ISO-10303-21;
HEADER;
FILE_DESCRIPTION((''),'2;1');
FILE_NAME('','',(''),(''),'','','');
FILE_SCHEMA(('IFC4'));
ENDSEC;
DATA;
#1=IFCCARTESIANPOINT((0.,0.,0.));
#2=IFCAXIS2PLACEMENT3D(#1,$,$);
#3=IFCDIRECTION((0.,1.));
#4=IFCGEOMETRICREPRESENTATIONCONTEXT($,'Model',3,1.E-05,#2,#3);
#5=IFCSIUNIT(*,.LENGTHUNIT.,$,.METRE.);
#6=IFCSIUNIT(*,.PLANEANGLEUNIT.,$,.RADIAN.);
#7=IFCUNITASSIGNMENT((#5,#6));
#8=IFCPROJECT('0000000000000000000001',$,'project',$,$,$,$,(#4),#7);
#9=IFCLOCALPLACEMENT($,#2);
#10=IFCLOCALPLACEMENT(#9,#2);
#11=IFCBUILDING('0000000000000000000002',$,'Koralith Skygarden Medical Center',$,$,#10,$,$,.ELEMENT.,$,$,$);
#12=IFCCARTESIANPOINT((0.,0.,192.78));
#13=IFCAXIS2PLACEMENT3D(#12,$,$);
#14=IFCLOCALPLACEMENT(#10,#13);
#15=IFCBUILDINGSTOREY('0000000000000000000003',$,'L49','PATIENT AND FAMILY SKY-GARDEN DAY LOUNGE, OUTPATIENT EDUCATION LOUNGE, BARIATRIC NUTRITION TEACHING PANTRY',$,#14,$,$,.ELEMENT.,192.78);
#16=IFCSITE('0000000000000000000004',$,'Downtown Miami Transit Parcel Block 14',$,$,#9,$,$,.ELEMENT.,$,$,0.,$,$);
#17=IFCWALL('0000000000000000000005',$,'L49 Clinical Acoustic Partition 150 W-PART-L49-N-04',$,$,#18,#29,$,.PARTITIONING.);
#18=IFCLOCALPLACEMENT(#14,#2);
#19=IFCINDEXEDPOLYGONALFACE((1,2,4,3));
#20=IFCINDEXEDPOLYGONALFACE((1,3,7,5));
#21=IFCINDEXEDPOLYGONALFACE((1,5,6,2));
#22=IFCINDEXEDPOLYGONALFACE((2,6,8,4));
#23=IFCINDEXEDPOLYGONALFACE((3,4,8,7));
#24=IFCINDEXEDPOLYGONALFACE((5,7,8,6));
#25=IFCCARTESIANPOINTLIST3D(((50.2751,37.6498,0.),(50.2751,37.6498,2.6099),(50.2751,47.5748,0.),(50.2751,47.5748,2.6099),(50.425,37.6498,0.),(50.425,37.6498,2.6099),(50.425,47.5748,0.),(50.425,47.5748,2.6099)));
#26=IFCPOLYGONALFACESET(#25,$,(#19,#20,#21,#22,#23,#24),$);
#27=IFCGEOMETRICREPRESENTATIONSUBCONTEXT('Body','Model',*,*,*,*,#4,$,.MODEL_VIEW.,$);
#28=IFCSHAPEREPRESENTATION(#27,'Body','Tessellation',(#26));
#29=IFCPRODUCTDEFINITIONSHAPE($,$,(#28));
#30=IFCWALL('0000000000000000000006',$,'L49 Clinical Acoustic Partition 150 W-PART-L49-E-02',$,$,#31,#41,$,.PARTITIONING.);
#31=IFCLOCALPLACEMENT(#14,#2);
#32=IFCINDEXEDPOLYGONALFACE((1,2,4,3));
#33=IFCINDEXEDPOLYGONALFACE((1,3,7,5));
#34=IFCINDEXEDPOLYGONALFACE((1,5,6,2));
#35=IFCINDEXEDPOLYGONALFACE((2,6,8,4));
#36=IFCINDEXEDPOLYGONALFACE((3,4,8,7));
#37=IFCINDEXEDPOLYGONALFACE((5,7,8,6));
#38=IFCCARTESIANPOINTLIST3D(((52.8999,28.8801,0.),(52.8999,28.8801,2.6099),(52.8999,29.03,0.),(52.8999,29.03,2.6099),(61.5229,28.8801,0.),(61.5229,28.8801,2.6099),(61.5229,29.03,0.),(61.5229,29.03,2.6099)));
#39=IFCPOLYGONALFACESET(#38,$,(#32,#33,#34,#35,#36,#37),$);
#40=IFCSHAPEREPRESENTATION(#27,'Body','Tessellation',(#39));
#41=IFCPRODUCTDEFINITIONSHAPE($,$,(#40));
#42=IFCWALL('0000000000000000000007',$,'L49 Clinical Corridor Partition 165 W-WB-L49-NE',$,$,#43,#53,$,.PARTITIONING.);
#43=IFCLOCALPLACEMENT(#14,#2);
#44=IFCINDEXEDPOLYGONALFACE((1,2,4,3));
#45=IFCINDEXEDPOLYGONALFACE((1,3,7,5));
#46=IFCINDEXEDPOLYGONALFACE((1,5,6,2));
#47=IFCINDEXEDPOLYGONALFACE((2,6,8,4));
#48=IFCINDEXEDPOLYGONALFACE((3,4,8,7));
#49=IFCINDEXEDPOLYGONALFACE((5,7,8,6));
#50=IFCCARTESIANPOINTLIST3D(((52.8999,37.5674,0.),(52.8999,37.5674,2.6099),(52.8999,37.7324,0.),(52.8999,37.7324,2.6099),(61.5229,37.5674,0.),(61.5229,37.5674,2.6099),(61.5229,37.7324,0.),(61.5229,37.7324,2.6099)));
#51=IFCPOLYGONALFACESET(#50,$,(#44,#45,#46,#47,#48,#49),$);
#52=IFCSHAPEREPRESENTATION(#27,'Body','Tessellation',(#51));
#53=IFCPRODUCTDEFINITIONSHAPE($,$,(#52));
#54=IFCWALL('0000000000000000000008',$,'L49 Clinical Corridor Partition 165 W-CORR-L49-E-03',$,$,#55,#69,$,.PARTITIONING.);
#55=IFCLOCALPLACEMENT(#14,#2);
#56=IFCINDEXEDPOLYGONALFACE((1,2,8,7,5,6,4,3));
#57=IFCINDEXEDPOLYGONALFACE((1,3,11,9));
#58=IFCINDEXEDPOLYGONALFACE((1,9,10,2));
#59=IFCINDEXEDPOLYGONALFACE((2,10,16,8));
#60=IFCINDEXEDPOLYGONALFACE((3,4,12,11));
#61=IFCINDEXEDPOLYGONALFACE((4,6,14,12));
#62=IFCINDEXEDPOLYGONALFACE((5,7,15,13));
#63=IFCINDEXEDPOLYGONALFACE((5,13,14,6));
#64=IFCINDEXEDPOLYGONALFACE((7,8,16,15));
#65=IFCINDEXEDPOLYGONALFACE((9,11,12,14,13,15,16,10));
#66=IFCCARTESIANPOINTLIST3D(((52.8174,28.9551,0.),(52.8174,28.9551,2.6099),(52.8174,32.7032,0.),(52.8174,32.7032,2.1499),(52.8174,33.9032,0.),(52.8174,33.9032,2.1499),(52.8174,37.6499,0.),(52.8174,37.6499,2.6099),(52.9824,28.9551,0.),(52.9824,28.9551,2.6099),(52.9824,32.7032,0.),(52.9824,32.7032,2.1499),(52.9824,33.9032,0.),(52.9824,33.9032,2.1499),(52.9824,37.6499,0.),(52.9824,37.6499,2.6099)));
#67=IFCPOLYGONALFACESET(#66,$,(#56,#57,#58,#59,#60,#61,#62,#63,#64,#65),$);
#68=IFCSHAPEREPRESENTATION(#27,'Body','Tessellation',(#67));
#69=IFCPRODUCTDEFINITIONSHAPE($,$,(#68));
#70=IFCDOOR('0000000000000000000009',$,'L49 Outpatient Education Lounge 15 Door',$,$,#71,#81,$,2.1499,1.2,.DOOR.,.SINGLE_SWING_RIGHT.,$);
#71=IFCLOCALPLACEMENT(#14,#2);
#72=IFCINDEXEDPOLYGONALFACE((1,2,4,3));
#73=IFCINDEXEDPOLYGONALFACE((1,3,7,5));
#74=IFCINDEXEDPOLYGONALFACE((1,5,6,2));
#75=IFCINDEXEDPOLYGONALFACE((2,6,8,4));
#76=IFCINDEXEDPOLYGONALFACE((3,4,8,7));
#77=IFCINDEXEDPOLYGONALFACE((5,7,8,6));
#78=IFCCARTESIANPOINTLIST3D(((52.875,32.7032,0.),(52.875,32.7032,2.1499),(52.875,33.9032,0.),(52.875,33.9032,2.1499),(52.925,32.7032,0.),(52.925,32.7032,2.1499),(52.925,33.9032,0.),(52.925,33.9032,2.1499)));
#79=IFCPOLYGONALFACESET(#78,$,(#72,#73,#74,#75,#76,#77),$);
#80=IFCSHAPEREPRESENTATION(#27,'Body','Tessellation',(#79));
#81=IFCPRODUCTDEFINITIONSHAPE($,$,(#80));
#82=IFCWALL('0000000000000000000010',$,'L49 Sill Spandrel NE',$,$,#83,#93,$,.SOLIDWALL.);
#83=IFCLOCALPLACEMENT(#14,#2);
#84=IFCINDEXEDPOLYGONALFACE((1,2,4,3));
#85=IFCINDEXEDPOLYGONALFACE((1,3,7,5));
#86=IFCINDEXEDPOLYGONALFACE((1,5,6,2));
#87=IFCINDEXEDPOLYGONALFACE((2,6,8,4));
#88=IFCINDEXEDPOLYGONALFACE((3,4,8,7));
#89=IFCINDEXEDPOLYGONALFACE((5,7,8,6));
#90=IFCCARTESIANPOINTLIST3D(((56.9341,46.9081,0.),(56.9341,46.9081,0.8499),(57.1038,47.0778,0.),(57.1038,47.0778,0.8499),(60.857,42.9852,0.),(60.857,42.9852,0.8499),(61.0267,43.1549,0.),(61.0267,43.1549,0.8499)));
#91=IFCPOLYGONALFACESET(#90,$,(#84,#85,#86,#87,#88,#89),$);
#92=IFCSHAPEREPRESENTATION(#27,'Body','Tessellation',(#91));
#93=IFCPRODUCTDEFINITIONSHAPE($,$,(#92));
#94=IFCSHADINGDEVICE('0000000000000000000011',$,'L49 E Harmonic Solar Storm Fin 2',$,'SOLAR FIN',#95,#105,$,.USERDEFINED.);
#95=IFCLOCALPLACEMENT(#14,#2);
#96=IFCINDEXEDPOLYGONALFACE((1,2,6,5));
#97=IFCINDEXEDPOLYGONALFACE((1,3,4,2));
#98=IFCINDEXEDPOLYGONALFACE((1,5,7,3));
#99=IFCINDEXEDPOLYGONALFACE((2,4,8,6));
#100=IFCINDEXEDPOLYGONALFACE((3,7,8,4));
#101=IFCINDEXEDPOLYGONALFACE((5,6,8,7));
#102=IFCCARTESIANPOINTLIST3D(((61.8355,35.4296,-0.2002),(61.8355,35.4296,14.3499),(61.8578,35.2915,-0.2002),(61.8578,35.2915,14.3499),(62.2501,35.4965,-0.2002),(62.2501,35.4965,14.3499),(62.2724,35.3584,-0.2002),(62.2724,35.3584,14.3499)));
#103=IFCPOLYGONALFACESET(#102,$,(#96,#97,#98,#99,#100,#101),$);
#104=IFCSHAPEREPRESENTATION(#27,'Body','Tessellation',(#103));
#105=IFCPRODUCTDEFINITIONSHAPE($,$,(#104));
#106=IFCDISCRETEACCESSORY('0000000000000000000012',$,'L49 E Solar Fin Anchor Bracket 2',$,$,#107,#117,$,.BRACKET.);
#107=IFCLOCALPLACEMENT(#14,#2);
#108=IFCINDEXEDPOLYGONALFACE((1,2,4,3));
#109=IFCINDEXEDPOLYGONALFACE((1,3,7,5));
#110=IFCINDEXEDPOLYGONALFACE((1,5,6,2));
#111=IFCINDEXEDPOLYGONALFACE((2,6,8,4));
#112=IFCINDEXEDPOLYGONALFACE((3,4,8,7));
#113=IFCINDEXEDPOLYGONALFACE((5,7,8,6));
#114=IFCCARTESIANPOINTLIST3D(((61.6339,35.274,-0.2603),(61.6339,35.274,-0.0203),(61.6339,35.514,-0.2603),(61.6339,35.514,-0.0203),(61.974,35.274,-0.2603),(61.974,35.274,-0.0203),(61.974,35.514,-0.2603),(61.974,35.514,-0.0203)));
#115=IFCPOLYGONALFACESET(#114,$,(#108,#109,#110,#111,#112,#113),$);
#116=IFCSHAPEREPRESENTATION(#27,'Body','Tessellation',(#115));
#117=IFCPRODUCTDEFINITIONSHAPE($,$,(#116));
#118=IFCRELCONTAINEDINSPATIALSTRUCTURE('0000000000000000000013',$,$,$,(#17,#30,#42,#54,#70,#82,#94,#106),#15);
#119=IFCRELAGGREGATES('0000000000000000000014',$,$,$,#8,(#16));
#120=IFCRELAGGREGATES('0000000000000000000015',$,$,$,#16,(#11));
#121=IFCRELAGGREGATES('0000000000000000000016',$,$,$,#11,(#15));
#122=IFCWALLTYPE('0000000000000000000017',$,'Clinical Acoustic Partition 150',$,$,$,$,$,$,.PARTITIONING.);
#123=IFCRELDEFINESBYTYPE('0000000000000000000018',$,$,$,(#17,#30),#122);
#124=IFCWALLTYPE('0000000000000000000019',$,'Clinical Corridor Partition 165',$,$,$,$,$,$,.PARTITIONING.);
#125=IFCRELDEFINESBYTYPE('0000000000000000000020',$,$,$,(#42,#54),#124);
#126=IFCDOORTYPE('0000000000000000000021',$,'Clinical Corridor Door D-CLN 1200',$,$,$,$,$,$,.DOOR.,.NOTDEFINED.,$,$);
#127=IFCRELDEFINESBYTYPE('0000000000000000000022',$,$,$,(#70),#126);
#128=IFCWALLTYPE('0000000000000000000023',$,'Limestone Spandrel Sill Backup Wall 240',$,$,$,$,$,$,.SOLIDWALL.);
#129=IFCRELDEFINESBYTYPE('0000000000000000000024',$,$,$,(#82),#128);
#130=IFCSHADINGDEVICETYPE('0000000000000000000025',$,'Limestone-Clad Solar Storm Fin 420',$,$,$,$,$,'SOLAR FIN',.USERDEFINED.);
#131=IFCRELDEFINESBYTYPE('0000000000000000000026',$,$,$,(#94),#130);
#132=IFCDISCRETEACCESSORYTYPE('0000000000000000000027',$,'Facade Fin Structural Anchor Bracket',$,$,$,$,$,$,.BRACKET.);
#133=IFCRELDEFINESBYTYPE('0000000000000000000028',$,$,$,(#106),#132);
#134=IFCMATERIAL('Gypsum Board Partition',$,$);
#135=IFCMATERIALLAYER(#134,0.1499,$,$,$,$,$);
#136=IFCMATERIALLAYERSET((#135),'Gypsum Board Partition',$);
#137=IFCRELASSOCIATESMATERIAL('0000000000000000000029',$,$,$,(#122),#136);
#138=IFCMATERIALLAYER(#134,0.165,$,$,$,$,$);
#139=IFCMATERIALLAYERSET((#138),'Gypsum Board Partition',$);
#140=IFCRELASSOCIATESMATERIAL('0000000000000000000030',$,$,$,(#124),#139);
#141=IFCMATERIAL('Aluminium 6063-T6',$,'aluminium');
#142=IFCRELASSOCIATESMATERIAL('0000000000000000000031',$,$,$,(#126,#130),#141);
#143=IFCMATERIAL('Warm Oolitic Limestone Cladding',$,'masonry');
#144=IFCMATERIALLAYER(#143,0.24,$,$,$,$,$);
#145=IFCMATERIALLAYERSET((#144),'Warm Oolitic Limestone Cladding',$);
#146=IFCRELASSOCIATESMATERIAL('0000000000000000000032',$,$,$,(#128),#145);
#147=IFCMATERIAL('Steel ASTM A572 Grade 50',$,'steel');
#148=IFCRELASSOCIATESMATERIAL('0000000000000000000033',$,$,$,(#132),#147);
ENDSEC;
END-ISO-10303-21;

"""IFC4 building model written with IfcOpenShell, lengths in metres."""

from ifc_helpers import new_model, si_unit, direction, frame, frame_2d, origin, origin_2d, place, context, subcontext, project, spatial, rectangle, extrude, material, layer, layer_set, type_object, element, fill, save


model = new_model("IFC4")

# Units and contexts
model_context = context("Model", 3, precision=1e-05, world=origin(), true_north=direction((0.0, 1.0)))
body_context = subcontext(model_context, "Body", "Model", "MODEL_VIEW")
ifc_project = project(units=[si_unit("LENGTHUNIT", "METRE"), si_unit("PLANEANGLEUNIT", "RADIAN")], contexts=[model_context])

# Site, building, storey
site_placement = place(None, origin())
site = spatial("IfcSite", under=ifc_project, at=site_placement, Name="Downtown Miami Transit Parcel Block 14", CompositionType="ELEMENT", RefElevation=0.0)
building_placement = place(site_placement, origin())
building = spatial("IfcBuilding", under=site, at=building_placement, Name="Koralith Skygarden Medical Center", CompositionType="ELEMENT")
storey_placement = place(building_placement, frame((0.0, 0.0, 192.78)))
storey = spatial("IfcBuildingStorey", under=building, at=storey_placement, Name="L49", Description="PATIENT AND FAMILY SKY-GARDEN DAY LOUNGE, OUTPATIENT EDUCATION LOUNGE, BARIATRIC NUTRITION TEACHING PANTRY", CompositionType="ELEMENT", Elevation=192.78)

# Shared definitions
ifc_material_1 = material(Name="Aluminium 6063-T6", Category="aluminium")

# Shared definitions
ifc_material_2 = material(Name="Warm Oolitic Limestone Cladding", Category="masonry")

# Walls
ifc_material_3 = material(Name="Gypsum Board Partition")
ifc_layer_1 = layer(ifc_material_3, 0.1499)
ifc_layer_set_1 = layer_set([ifc_layer_1], Name="Gypsum Board Partition")
wall_type_1 = type_object("IfcWallType", Name="Clinical Acoustic Partition 150", PredefinedType="PARTITIONING", material=ifc_layer_set_1)
wall_1_placement = place(storey_placement, frame((50.3501, 37.6499, 0.0), z_axis=(0.0, 0.0, 1.0), x_axis=(0.0, 1.0, 0.0)))
element("IfcWall", 1, at=wall_1_placement, inside=storey, type_object=wall_type_1, Name="L49 Clinical Acoustic Partition 150 W-PART-L49-N-04", PredefinedType="PARTITIONING", context=body_context, shape_type="SweptSolid", body=[
    extrude(rectangle(XDim=9.925, YDim=0.1499, at=frame_2d((4.9624, 0.0))), origin(), (0.0, 0.0, 1.0), 2.6099),
])
wall_2_placement = place(storey_placement, frame((52.8999, 28.9551, 0.0), z_axis=(0.0, 0.0, 1.0), x_axis=(1.0, 0.0, 0.0)))
element("IfcWall", 2, at=wall_2_placement, inside=storey, type_object=wall_type_1, Name="L49 Clinical Acoustic Partition 150 W-PART-L49-E-02", PredefinedType="PARTITIONING", context=body_context, shape_type="SweptSolid", body=[
    extrude(rectangle(XDim=8.623, YDim=0.1499, at=frame_2d((4.3115, 0.0))), origin(), (0.0, 0.0, 1.0), 2.6099),
])
ifc_layer_2 = layer(ifc_material_3, 0.165)
ifc_layer_set_2 = layer_set([ifc_layer_2], Name="Gypsum Board Partition")
wall_type_2 = type_object("IfcWallType", Name="Clinical Corridor Partition 165", PredefinedType="PARTITIONING", material=ifc_layer_set_2)
wall_3_placement = place(storey_placement, frame((52.8999, 37.6499, 0.0), z_axis=(0.0, 0.0, 1.0), x_axis=(1.0, 0.0, 0.0)))
element("IfcWall", 3, at=wall_3_placement, inside=storey, type_object=wall_type_2, Name="L49 Clinical Corridor Partition 165 W-WB-L49-NE", PredefinedType="PARTITIONING", context=body_context, shape_type="SweptSolid", body=[
    extrude(rectangle(XDim=8.623, YDim=0.165, at=frame_2d((4.3115, 0.0))), origin(), (0.0, 0.0, 1.0), 2.6099),
])

# Wall, opening, door
wall_4_placement = place(storey_placement, frame((52.8999, 28.9551, 0.0), z_axis=(0.0, 0.0, 1.0), x_axis=(0.0, 1.0, 0.0)))
wall_4 = element("IfcWall", 4, at=wall_4_placement, inside=storey, type_object=wall_type_2, Name="L49 Clinical Corridor Partition 165 W-CORR-L49-E-03", PredefinedType="PARTITIONING", context=body_context, shape_type="SweptSolid", body=[
    extrude(rectangle(XDim=8.6948, YDim=0.165, at=frame_2d((4.3474, 0.0))), origin(), (0.0, 0.0, 1.0), 2.6099),
])
opening_1_placement = place(wall_4_placement, frame((3.748, 0.0, 0.0)))
opening_1 = element("IfcOpeningElement", 5, at=opening_1_placement, cuts=wall_4, PredefinedType="OPENING", context=body_context, shape_type="SweptSolid", body=[
    extrude(rectangle(XDim=1.2, YDim=2.1499, at=frame_2d((0.6001, 1.075))), frame((0.0, 0.0925, 0.0), z_axis=(0.0, -1.0, 0.0), x_axis=(1.0, 0.0, 0.0)), (0.0, 0.0, 1.0), 0.1851),
])
door_type_1 = type_object("IfcDoorType", Name="Clinical Corridor Door D-CLN 1200", OperationType="NOTDEFINED", PredefinedType="DOOR", material=ifc_material_1)
door_1_placement = place(opening_1_placement, origin())
door_1 = element("IfcDoor", 6, at=door_1_placement, inside=storey, type_object=door_type_1, Name="L49 Outpatient Education Lounge 15 Door", OperationType="SINGLE_SWING_RIGHT", OverallHeight=2.1499, OverallWidth=1.2, PredefinedType="DOOR", context=body_context, shape_type="SweptSolid", body=[
    extrude(rectangle(XDim=1.2, YDim=2.1499, at=frame_2d((0.6001, 1.075))), frame((0.0, 0.0249, 0.0), z_axis=(0.0, -1.0, 0.0), x_axis=(1.0, 0.0, 0.0)), (0.0, 0.0, 1.0), 0.05),
])
fill(opening_1, door_1)

# Wall
ifc_layer_3 = layer(ifc_material_2, 0.24)
ifc_layer_set_3 = layer_set([ifc_layer_3], Name="Warm Oolitic Limestone Cladding")
wall_type_3 = type_object("IfcWallType", Name="Limestone Spandrel Sill Backup Wall 240", PredefinedType="SOLIDWALL", material=ifc_layer_set_3)
wall_5_placement = place(storey_placement, frame((60.9419, 43.0701, 0.0), z_axis=(0.0, 0.0, 1.0), x_axis=(-0.707107, 0.707107, 0.0)))
element("IfcWall", 7, at=wall_5_placement, inside=storey, type_object=wall_type_3, Name="L49 Sill Spandrel NE", PredefinedType="SOLIDWALL", context=body_context, shape_type="SweptSolid", body=[
    extrude(rectangle(XDim=5.5479, YDim=0.24, at=frame_2d((2.7739, 0.0))), origin(), (0.0, 0.0, 1.0), 0.8499),
])

# Shading device
shading_device_type = type_object("IfcShadingDeviceType", Name="Limestone-Clad Solar Storm Fin 420", ElementType="SOLAR FIN", PredefinedType="USERDEFINED", material=ifc_material_1)
shading_device_placement = place(storey_placement, frame((62.054, 35.394, -0.2002), z_axis=(0.0, 0.0, 1.0), x_axis=(0.987228, 0.159313, 0.0)))
element("IfcShadingDevice", 8, at=shading_device_placement, inside=storey, type_object=shading_device_type, Name="L49 E Harmonic Solar Storm Fin 2", ObjectType="SOLAR FIN", PredefinedType="USERDEFINED", context=body_context, shape_type="SweptSolid", body=[
    extrude(rectangle(XDim=0.4199, YDim=0.1399, at=origin_2d()), origin(), (0.0, 0.0, 1.0), 14.55),
])

# Discrete accessory
ifc_material_4 = material(Name="Steel ASTM A572 Grade 50", Category="steel")
discrete_accessory_type = type_object("IfcDiscreteAccessoryType", Name="Facade Fin Structural Anchor Bracket", PredefinedType="BRACKET", material=ifc_material_4)
discrete_accessory_placement = place(storey_placement, frame((61.804, 35.394, -0.2603), z_axis=(0.0, 0.0, 1.0), x_axis=(1.0, 0.0, 0.0)))
element("IfcDiscreteAccessory", 9, at=discrete_accessory_placement, inside=storey, type_object=discrete_accessory_type, Name="L49 E Solar Fin Anchor Bracket 2", PredefinedType="BRACKET", context=body_context, shape_type="SweptSolid", body=[
    extrude(rectangle(XDim=0.3401, YDim=0.24, at=origin_2d()), origin(), (0.0, 0.0, 1.0), 0.24),
])

save(model, "model.ifc")
